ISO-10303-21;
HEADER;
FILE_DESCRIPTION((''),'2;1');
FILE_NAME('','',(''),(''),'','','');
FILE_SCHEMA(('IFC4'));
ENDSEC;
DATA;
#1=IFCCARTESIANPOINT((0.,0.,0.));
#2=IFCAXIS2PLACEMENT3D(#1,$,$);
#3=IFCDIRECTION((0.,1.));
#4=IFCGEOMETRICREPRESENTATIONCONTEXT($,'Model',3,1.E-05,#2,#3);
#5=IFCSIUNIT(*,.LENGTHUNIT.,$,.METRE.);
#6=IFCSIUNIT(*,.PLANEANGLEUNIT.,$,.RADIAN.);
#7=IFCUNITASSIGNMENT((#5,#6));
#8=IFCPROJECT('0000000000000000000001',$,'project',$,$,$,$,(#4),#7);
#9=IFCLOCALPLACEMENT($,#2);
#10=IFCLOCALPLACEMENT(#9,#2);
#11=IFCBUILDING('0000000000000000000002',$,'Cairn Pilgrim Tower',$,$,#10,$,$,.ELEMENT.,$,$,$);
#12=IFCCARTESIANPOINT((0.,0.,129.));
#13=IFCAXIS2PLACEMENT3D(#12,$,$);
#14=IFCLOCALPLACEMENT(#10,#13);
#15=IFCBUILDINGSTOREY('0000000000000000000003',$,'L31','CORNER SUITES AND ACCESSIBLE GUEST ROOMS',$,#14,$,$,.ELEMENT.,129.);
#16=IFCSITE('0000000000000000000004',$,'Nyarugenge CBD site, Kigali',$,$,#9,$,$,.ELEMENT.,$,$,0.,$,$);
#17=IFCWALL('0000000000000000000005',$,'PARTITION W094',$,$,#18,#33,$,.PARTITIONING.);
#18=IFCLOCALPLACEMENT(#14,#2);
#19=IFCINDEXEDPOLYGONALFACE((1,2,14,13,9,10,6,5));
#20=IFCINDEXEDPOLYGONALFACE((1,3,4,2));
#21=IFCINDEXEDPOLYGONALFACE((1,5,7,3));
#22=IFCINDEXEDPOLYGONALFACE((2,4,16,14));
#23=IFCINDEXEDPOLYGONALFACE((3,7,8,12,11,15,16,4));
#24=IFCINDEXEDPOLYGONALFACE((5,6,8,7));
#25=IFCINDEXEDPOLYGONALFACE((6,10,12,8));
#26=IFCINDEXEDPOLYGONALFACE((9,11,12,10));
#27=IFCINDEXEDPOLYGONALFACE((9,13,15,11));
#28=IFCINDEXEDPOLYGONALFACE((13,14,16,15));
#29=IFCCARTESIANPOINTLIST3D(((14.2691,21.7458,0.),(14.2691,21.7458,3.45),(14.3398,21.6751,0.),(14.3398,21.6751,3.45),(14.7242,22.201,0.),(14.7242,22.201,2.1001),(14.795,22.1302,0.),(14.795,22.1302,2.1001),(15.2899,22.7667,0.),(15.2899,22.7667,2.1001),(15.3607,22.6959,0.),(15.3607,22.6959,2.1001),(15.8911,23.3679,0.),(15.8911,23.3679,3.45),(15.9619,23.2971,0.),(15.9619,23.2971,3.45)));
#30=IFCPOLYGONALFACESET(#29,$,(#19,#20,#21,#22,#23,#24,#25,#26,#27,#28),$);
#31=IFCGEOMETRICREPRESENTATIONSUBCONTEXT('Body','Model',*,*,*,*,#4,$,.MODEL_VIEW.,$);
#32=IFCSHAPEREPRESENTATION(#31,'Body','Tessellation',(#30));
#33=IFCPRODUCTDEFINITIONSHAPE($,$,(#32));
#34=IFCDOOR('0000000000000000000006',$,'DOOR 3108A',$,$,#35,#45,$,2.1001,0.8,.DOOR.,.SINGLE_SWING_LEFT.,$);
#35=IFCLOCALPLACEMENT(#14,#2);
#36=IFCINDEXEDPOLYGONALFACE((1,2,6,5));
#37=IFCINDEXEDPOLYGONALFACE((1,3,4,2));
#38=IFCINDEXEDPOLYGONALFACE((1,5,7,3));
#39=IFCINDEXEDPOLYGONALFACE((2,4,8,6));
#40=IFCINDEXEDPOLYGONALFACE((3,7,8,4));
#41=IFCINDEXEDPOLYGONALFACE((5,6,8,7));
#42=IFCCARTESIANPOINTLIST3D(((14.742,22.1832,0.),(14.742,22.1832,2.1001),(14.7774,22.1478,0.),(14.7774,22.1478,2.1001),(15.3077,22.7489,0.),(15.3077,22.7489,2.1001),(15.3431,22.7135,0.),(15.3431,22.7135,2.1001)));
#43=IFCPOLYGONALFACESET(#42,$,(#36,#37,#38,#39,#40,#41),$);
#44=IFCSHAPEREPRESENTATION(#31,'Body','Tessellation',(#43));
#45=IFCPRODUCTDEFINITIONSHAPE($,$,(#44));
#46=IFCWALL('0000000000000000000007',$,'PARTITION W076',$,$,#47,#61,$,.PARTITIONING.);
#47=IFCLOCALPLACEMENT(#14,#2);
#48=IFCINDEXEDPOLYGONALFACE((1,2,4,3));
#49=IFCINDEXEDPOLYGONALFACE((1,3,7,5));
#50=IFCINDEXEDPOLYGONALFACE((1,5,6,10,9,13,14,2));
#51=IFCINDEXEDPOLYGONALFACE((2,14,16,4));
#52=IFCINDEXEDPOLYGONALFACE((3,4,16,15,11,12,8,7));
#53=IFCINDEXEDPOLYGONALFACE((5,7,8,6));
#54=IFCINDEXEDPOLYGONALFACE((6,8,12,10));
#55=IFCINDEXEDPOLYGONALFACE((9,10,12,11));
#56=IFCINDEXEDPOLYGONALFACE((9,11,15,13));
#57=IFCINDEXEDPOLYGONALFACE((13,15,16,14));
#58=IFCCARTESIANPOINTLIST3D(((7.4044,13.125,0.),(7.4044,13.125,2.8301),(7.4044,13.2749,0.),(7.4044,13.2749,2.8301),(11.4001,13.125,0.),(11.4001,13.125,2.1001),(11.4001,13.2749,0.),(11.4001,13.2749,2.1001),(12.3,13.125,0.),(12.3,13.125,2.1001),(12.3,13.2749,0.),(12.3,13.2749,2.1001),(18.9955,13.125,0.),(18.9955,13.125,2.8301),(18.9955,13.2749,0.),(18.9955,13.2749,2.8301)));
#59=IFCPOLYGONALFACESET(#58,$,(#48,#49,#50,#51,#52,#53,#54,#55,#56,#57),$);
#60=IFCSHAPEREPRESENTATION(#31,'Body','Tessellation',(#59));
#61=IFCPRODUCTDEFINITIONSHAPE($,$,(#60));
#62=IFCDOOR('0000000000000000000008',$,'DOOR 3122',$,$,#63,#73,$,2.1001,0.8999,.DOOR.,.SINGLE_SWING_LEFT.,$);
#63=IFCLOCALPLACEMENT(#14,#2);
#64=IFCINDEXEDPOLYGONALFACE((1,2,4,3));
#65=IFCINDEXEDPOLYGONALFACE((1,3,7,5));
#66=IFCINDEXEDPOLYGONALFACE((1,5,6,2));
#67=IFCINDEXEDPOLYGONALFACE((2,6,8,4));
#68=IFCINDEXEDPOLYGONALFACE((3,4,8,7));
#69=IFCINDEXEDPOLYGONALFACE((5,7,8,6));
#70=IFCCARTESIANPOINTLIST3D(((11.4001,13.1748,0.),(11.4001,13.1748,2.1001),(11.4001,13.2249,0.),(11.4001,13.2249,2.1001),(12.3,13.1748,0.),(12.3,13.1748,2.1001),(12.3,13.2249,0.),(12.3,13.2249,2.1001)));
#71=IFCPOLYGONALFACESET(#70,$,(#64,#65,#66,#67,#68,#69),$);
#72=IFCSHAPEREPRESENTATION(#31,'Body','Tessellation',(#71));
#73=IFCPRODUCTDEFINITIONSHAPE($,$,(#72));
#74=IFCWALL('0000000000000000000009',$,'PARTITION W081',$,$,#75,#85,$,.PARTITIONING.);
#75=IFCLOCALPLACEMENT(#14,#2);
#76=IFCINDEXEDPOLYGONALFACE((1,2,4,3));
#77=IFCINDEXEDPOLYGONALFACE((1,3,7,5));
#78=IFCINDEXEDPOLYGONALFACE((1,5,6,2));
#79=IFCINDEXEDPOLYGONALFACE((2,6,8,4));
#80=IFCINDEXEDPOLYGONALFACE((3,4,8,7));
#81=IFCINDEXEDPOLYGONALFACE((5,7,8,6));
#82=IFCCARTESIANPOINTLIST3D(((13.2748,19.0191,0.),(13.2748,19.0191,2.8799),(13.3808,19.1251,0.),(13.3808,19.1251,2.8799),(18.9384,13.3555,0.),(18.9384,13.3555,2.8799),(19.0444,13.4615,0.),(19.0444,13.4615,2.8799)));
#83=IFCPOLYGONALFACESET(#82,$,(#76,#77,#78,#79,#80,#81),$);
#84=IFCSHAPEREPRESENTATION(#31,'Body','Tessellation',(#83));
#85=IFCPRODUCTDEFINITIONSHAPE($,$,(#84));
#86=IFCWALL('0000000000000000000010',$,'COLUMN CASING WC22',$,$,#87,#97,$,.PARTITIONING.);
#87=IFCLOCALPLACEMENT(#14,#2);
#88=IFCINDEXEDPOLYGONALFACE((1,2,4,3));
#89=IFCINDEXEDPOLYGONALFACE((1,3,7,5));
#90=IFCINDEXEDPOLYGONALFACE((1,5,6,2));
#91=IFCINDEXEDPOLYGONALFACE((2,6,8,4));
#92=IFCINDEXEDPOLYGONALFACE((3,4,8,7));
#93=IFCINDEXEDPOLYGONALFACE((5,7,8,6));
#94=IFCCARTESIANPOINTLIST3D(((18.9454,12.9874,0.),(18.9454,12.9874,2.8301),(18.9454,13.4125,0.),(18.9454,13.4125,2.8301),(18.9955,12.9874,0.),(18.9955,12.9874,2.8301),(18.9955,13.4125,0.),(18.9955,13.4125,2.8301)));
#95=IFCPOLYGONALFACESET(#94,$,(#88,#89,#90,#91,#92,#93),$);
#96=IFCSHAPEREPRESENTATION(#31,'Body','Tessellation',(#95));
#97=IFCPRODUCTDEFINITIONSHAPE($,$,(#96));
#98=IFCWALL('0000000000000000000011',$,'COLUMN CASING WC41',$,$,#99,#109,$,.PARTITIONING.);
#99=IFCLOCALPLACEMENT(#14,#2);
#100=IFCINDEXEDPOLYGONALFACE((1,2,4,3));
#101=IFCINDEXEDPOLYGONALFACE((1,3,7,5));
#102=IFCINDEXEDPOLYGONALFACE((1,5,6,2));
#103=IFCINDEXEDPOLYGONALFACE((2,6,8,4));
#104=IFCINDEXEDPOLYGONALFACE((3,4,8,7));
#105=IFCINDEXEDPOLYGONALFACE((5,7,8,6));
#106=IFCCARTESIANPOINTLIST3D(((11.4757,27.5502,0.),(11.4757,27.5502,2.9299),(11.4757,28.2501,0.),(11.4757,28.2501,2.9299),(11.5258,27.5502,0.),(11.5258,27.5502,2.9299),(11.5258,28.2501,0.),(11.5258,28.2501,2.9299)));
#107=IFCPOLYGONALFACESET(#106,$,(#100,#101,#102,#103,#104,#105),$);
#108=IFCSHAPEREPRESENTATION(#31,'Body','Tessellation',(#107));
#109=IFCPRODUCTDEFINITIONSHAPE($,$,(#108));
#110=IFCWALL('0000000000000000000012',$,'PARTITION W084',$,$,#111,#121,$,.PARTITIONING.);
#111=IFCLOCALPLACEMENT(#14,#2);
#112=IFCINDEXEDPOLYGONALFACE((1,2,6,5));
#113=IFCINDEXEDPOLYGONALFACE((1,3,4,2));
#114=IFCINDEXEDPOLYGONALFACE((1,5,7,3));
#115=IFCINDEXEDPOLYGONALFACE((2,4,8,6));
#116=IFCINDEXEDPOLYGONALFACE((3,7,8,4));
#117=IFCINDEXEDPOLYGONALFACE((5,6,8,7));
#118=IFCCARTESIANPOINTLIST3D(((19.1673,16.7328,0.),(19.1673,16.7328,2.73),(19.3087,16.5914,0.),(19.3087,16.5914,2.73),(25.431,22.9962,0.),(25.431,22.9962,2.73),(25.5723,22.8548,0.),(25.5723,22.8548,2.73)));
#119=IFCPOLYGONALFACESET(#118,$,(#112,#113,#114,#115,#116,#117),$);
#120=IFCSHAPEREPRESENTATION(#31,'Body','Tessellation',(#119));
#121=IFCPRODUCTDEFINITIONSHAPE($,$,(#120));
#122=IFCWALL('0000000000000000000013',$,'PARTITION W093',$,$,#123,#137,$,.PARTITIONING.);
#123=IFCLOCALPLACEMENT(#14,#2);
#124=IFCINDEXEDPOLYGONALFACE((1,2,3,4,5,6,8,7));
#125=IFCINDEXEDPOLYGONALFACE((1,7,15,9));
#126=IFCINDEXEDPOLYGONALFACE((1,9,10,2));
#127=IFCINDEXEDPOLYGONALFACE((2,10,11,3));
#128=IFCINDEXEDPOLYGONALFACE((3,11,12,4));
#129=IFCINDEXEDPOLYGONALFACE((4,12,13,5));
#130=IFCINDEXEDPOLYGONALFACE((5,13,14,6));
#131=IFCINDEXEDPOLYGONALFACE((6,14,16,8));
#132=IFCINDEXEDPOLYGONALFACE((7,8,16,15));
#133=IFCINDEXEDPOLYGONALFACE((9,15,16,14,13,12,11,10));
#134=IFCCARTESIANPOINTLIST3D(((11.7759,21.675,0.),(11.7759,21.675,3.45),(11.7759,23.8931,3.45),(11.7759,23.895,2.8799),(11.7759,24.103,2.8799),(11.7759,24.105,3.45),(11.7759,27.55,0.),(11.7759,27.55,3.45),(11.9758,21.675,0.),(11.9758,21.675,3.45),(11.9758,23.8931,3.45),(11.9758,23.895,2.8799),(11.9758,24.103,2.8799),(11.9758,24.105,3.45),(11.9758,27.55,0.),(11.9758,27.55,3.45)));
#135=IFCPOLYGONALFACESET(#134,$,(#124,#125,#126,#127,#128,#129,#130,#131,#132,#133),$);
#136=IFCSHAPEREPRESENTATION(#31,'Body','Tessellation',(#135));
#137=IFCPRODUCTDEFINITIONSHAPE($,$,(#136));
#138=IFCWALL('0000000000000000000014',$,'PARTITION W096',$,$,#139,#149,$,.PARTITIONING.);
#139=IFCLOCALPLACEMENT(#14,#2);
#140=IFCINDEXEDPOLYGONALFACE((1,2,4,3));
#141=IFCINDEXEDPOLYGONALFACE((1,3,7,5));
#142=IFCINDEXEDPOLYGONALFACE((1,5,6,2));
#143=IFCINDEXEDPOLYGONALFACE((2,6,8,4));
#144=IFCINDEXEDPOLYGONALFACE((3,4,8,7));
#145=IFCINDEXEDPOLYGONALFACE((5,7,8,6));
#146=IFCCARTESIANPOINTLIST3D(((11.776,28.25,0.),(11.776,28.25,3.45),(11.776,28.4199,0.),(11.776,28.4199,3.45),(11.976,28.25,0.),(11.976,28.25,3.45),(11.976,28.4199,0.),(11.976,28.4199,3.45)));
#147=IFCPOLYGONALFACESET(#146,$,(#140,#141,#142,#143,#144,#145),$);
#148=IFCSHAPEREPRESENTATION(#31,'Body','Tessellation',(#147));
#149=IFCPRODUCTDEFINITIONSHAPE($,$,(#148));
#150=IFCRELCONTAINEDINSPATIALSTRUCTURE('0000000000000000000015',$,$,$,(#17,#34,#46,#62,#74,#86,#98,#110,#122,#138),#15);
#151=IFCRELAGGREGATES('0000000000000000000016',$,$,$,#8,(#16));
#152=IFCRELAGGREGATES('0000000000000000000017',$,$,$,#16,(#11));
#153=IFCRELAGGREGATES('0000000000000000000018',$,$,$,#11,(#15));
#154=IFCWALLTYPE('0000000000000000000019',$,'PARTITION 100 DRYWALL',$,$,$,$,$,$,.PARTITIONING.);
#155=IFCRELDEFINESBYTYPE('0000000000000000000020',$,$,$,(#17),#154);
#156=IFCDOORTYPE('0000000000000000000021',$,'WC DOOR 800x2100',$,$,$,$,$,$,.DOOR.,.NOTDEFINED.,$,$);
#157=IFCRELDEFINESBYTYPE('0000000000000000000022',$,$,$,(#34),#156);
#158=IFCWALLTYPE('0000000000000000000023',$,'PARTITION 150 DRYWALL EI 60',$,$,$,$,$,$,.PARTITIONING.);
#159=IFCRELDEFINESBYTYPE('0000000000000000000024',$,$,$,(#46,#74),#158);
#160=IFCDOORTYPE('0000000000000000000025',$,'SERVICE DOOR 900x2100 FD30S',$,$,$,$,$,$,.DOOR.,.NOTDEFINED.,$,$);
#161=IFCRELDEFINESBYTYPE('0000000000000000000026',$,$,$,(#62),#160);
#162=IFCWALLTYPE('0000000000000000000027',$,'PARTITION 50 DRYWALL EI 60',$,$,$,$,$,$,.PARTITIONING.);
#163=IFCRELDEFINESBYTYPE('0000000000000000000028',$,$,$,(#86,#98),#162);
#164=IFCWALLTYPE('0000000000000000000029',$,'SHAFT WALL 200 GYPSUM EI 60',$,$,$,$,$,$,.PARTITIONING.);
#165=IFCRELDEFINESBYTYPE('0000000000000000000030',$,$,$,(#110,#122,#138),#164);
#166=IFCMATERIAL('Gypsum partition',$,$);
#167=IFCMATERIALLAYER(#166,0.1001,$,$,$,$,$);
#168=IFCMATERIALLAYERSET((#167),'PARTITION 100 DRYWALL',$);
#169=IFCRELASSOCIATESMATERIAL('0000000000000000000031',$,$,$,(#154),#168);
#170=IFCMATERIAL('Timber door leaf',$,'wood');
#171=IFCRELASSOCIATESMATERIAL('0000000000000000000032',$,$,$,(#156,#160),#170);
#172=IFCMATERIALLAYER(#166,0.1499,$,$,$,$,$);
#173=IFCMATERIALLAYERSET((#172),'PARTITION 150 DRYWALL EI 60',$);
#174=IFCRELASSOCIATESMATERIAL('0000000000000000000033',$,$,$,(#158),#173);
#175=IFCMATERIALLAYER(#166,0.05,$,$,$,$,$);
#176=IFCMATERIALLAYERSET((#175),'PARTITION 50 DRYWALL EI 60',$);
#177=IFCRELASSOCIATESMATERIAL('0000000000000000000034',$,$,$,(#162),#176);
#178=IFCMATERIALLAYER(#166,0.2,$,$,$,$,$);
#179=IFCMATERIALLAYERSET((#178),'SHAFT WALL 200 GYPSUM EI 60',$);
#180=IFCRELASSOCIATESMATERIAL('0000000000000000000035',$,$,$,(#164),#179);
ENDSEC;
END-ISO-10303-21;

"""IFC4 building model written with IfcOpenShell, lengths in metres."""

from ifc_helpers import new_model, si_unit, direction, frame, frame_2d, origin, place, context, subcontext, project, spatial, polyline, rectangle, outline, extrude, material, layer, layer_set, type_object, element, fill, save


model = new_model("IFC4")

# Units and contexts
model_context = context("Model", 3, precision=1e-05, world=origin(), true_north=direction((0.0, 1.0)))
body_context = subcontext(model_context, "Body", "Model", "MODEL_VIEW")
ifc_project = project(units=[si_unit("LENGTHUNIT", "METRE"), si_unit("PLANEANGLEUNIT", "RADIAN")], contexts=[model_context])

# Site, building, storey
site_placement = place(None, origin())
site = spatial("IfcSite", under=ifc_project, at=site_placement, Name="Nyarugenge CBD site, Kigali", CompositionType="ELEMENT", RefElevation=0.0)
building_placement = place(site_placement, origin())
building = spatial("IfcBuilding", under=site, at=building_placement, Name="Cairn Pilgrim Tower", CompositionType="ELEMENT")
storey_placement = place(building_placement, frame((0.0, 0.0, 129.0)))
storey = spatial("IfcBuildingStorey", under=building, at=storey_placement, Name="L31", Description="CORNER SUITES AND ACCESSIBLE GUEST ROOMS", CompositionType="ELEMENT", Elevation=129.0)

# Shared definitions
ifc_material_1 = material(Name="Gypsum partition")
ifc_layer_1 = layer(ifc_material_1, 0.1001)
ifc_layer_set_1 = layer_set([ifc_layer_1], Name="PARTITION 100 DRYWALL")
wall_type_1 = type_object("IfcWallType", Name="PARTITION 100 DRYWALL", PredefinedType="PARTITIONING", material=ifc_layer_set_1)

# Walls, openings, doors
wall_1_placement = place(storey_placement, frame((14.3044, 21.7104, 0.0), z_axis=(0.0, 0.0, 1.0), x_axis=(0.707107, 0.707107, 0.0)))
wall_1 = element("IfcWall", 1, at=wall_1_placement, inside=storey, type_object=wall_type_1, Name="PARTITION W094", PredefinedType="PARTITIONING", context=body_context, shape_type="SweptSolid", body=[
    extrude(rectangle(XDim=2.2939, YDim=0.1001, at=frame_2d((1.147, 0.0))), origin(), (0.0, 0.0, 1.0), 3.45),
])
opening_1_placement = place(wall_1_placement, frame((0.6438, 0.0, 0.0)))
opening_1 = element("IfcOpeningElement", 2, at=opening_1_placement, cuts=wall_1, PredefinedType="OPENING", context=body_context, shape_type="SweptSolid", body=[
    extrude(rectangle(XDim=0.8, YDim=2.1001, at=frame_2d((0.3999, 1.05))), frame((0.0, 0.0601, 0.0), z_axis=(0.0, -1.0, 0.0), x_axis=(1.0, 0.0, 0.0)), (0.0, 0.0, 1.0), 0.1201),
])
ifc_material_2 = material(Name="Timber door leaf", Category="wood")
door_type_1 = type_object("IfcDoorType", Name="WC DOOR 800x2100", OperationType="NOTDEFINED", PredefinedType="DOOR", material=ifc_material_2)
door_1_placement = place(opening_1_placement, origin())
door_1 = element("IfcDoor", 3, at=door_1_placement, inside=storey, type_object=door_type_1, Name="DOOR 3108A", OperationType="SINGLE_SWING_LEFT", OverallHeight=2.1001, OverallWidth=0.8, PredefinedType="DOOR", context=body_context, shape_type="SweptSolid", body=[
    extrude(rectangle(XDim=0.8, YDim=2.1001, at=frame_2d((0.3999, 1.05))), frame((0.0, 0.0249, 0.0), z_axis=(0.0, -1.0, 0.0), x_axis=(1.0, 0.0, 0.0)), (0.0, 0.0, 1.0), 0.05),
])
fill(opening_1, door_1)
ifc_layer_2 = layer(ifc_material_1, 0.1499)
ifc_layer_set_2 = layer_set([ifc_layer_2], Name="PARTITION 150 DRYWALL EI 60")
wall_type_2 = type_object("IfcWallType", Name="PARTITION 150 DRYWALL EI 60", PredefinedType="PARTITIONING", material=ifc_layer_set_2)
wall_2_placement = place(storey_placement, frame((7.4045, 13.2, 0.0), z_axis=(0.0, 0.0, 1.0), x_axis=(1.0, 0.0, 0.0)))
wall_2 = element("IfcWall", 4, at=wall_2_placement, inside=storey, type_object=wall_type_2, Name="PARTITION W076", PredefinedType="PARTITIONING", context=body_context, shape_type="SweptSolid", body=[
    extrude(rectangle(XDim=11.5911, YDim=0.1499, at=frame_2d((5.7954, 0.0))), origin(), (0.0, 0.0, 1.0), 2.8301),
])
opening_2_placement = place(wall_2_placement, frame((3.9956, 0.0, 0.0)))
opening_2 = element("IfcOpeningElement", 5, at=opening_2_placement, cuts=wall_2, PredefinedType="OPENING", context=body_context, shape_type="SweptSolid", body=[
    extrude(rectangle(XDim=0.8999, YDim=2.1001, at=frame_2d((0.45, 1.05))), frame((0.0, 0.085, 0.0), z_axis=(0.0, -1.0, 0.0), x_axis=(1.0, 0.0, 0.0)), (0.0, 0.0, 1.0), 0.1699),
])
door_type_2 = type_object("IfcDoorType", Name="SERVICE DOOR 900x2100 FD30S", OperationType="NOTDEFINED", PredefinedType="DOOR", material=ifc_material_2)
door_2_placement = place(opening_2_placement, origin())
door_2 = element("IfcDoor", 6, at=door_2_placement, inside=storey, type_object=door_type_2, Name="DOOR 3122", OperationType="SINGLE_SWING_LEFT", OverallHeight=2.1001, OverallWidth=0.8999, PredefinedType="DOOR", context=body_context, shape_type="SweptSolid", body=[
    extrude(rectangle(XDim=0.8999, YDim=2.1001, at=frame_2d((0.45, 1.05))), frame((0.0, 0.0249, 0.0), z_axis=(0.0, -1.0, 0.0), x_axis=(1.0, 0.0, 0.0)), (0.0, 0.0, 1.0), 0.05),
])
fill(opening_2, door_2)

# Walls
wall_3_placement = place(storey_placement, frame((18.9915, 13.4084, 0.0), z_axis=(0.0, 0.0, 1.0), x_axis=(-0.707107, 0.707107, 0.0)))
element("IfcWall", 7, at=wall_3_placement, inside=storey, type_object=wall_type_2, Name="PARTITION W081", PredefinedType="PARTITIONING", context=body_context, shape_type="SweptSolid", body=[
    extrude(rectangle(XDim=8.0095, YDim=0.1499, at=frame_2d((4.0049, 0.0))), origin(), (0.0, 0.0, 1.0), 2.8799),
])
ifc_layer_3 = layer(ifc_material_1, 0.05)
ifc_layer_set_3 = layer_set([ifc_layer_3], Name="PARTITION 50 DRYWALL EI 60")
wall_type_3 = type_object("IfcWallType", Name="PARTITION 50 DRYWALL EI 60", PredefinedType="PARTITIONING", material=ifc_layer_set_3)
wall_4_placement = place(storey_placement, frame((18.9705, 12.9875, 0.0), z_axis=(0.0, 0.0, 1.0), x_axis=(0.0, 1.0, 0.0)))
element("IfcWall", 8, at=wall_4_placement, inside=storey, type_object=wall_type_3, Name="COLUMN CASING WC22", PredefinedType="PARTITIONING", context=body_context, shape_type="SweptSolid", body=[
    extrude(rectangle(XDim=0.425, YDim=0.05, at=frame_2d((0.2124, 0.0))), origin(), (0.0, 0.0, 1.0), 2.8301),
])
wall_5_placement = place(storey_placement, frame((11.5007, 27.55, 0.0), z_axis=(0.0, 0.0, 1.0), x_axis=(0.0, 1.0, 0.0)))
element("IfcWall", 9, at=wall_5_placement, inside=storey, type_object=wall_type_3, Name="COLUMN CASING WC41", PredefinedType="PARTITIONING", context=body_context, shape_type="SweptSolid", body=[
    extrude(rectangle(XDim=0.7, YDim=0.05, at=frame_2d((0.3501, 0.0))), origin(), (0.0, 0.0, 1.0), 2.9299),
])
ifc_layer_4 = layer(ifc_material_1, 0.2)
ifc_layer_set_4 = layer_set([ifc_layer_4], Name="SHAFT WALL 200 GYPSUM EI 60")
wall_type_4 = type_object("IfcWallType", Name="SHAFT WALL 200 GYPSUM EI 60", PredefinedType="PARTITIONING", material=ifc_layer_set_4)
wall_6_placement = place(storey_placement, frame((19.238, 16.6621, 0.0), z_axis=(0.0, 0.0, 1.0), x_axis=(0.707121, 0.707093, 0.0)))
element("IfcWall", 10, at=wall_6_placement, inside=storey, type_object=wall_type_4, Name="PARTITION W084", PredefinedType="PARTITIONING", context=body_context, shape_type="SweptSolid", body=[
    extrude(rectangle(XDim=8.8579, YDim=0.2, at=frame_2d((4.429, 0.0))), origin(), (0.0, 0.0, 1.0), 2.73),
])
wall_7_placement = place(storey_placement, frame((11.876, 21.675, 0.0), z_axis=(0.0, 0.0, 1.0), x_axis=(0.0, 1.0, 0.0)))
element("IfcWall", 11, at=wall_7_placement, inside=storey, type_object=wall_type_4, Name="PARTITION W093", PredefinedType="PARTITIONING", context=body_context, shape_type="SweptSolid", body=[
    extrude(outline(polyline([(0.0, 0.0), (5.875, 0.0), (5.875, 3.45), (2.4299, 3.45), (2.428, 2.8799), (2.22, 2.8799), (2.218, 3.45), (0.0, 3.45), (0.0, 0.0)])), frame((0.0, 0.1001, 0.0), z_axis=(0.0, -1.0, 0.0), x_axis=(1.0, 0.0, 0.0)), (0.0, 0.0, 1.0), 0.2),
])
wall_8_placement = place(storey_placement, frame((11.876, 28.25, 0.0), z_axis=(0.0, 0.0, 1.0), x_axis=(0.0, 1.0, 0.0)))
element("IfcWall", 12, at=wall_8_placement, inside=storey, type_object=wall_type_4, Name="PARTITION W096", PredefinedType="PARTITIONING", context=body_context, shape_type="SweptSolid", body=[
    extrude(rectangle(XDim=0.1699, YDim=0.2, at=frame_2d((0.085, 0.0))), origin(), (0.0, 0.0, 1.0), 3.45),
])

save(model, "model.ifc")
